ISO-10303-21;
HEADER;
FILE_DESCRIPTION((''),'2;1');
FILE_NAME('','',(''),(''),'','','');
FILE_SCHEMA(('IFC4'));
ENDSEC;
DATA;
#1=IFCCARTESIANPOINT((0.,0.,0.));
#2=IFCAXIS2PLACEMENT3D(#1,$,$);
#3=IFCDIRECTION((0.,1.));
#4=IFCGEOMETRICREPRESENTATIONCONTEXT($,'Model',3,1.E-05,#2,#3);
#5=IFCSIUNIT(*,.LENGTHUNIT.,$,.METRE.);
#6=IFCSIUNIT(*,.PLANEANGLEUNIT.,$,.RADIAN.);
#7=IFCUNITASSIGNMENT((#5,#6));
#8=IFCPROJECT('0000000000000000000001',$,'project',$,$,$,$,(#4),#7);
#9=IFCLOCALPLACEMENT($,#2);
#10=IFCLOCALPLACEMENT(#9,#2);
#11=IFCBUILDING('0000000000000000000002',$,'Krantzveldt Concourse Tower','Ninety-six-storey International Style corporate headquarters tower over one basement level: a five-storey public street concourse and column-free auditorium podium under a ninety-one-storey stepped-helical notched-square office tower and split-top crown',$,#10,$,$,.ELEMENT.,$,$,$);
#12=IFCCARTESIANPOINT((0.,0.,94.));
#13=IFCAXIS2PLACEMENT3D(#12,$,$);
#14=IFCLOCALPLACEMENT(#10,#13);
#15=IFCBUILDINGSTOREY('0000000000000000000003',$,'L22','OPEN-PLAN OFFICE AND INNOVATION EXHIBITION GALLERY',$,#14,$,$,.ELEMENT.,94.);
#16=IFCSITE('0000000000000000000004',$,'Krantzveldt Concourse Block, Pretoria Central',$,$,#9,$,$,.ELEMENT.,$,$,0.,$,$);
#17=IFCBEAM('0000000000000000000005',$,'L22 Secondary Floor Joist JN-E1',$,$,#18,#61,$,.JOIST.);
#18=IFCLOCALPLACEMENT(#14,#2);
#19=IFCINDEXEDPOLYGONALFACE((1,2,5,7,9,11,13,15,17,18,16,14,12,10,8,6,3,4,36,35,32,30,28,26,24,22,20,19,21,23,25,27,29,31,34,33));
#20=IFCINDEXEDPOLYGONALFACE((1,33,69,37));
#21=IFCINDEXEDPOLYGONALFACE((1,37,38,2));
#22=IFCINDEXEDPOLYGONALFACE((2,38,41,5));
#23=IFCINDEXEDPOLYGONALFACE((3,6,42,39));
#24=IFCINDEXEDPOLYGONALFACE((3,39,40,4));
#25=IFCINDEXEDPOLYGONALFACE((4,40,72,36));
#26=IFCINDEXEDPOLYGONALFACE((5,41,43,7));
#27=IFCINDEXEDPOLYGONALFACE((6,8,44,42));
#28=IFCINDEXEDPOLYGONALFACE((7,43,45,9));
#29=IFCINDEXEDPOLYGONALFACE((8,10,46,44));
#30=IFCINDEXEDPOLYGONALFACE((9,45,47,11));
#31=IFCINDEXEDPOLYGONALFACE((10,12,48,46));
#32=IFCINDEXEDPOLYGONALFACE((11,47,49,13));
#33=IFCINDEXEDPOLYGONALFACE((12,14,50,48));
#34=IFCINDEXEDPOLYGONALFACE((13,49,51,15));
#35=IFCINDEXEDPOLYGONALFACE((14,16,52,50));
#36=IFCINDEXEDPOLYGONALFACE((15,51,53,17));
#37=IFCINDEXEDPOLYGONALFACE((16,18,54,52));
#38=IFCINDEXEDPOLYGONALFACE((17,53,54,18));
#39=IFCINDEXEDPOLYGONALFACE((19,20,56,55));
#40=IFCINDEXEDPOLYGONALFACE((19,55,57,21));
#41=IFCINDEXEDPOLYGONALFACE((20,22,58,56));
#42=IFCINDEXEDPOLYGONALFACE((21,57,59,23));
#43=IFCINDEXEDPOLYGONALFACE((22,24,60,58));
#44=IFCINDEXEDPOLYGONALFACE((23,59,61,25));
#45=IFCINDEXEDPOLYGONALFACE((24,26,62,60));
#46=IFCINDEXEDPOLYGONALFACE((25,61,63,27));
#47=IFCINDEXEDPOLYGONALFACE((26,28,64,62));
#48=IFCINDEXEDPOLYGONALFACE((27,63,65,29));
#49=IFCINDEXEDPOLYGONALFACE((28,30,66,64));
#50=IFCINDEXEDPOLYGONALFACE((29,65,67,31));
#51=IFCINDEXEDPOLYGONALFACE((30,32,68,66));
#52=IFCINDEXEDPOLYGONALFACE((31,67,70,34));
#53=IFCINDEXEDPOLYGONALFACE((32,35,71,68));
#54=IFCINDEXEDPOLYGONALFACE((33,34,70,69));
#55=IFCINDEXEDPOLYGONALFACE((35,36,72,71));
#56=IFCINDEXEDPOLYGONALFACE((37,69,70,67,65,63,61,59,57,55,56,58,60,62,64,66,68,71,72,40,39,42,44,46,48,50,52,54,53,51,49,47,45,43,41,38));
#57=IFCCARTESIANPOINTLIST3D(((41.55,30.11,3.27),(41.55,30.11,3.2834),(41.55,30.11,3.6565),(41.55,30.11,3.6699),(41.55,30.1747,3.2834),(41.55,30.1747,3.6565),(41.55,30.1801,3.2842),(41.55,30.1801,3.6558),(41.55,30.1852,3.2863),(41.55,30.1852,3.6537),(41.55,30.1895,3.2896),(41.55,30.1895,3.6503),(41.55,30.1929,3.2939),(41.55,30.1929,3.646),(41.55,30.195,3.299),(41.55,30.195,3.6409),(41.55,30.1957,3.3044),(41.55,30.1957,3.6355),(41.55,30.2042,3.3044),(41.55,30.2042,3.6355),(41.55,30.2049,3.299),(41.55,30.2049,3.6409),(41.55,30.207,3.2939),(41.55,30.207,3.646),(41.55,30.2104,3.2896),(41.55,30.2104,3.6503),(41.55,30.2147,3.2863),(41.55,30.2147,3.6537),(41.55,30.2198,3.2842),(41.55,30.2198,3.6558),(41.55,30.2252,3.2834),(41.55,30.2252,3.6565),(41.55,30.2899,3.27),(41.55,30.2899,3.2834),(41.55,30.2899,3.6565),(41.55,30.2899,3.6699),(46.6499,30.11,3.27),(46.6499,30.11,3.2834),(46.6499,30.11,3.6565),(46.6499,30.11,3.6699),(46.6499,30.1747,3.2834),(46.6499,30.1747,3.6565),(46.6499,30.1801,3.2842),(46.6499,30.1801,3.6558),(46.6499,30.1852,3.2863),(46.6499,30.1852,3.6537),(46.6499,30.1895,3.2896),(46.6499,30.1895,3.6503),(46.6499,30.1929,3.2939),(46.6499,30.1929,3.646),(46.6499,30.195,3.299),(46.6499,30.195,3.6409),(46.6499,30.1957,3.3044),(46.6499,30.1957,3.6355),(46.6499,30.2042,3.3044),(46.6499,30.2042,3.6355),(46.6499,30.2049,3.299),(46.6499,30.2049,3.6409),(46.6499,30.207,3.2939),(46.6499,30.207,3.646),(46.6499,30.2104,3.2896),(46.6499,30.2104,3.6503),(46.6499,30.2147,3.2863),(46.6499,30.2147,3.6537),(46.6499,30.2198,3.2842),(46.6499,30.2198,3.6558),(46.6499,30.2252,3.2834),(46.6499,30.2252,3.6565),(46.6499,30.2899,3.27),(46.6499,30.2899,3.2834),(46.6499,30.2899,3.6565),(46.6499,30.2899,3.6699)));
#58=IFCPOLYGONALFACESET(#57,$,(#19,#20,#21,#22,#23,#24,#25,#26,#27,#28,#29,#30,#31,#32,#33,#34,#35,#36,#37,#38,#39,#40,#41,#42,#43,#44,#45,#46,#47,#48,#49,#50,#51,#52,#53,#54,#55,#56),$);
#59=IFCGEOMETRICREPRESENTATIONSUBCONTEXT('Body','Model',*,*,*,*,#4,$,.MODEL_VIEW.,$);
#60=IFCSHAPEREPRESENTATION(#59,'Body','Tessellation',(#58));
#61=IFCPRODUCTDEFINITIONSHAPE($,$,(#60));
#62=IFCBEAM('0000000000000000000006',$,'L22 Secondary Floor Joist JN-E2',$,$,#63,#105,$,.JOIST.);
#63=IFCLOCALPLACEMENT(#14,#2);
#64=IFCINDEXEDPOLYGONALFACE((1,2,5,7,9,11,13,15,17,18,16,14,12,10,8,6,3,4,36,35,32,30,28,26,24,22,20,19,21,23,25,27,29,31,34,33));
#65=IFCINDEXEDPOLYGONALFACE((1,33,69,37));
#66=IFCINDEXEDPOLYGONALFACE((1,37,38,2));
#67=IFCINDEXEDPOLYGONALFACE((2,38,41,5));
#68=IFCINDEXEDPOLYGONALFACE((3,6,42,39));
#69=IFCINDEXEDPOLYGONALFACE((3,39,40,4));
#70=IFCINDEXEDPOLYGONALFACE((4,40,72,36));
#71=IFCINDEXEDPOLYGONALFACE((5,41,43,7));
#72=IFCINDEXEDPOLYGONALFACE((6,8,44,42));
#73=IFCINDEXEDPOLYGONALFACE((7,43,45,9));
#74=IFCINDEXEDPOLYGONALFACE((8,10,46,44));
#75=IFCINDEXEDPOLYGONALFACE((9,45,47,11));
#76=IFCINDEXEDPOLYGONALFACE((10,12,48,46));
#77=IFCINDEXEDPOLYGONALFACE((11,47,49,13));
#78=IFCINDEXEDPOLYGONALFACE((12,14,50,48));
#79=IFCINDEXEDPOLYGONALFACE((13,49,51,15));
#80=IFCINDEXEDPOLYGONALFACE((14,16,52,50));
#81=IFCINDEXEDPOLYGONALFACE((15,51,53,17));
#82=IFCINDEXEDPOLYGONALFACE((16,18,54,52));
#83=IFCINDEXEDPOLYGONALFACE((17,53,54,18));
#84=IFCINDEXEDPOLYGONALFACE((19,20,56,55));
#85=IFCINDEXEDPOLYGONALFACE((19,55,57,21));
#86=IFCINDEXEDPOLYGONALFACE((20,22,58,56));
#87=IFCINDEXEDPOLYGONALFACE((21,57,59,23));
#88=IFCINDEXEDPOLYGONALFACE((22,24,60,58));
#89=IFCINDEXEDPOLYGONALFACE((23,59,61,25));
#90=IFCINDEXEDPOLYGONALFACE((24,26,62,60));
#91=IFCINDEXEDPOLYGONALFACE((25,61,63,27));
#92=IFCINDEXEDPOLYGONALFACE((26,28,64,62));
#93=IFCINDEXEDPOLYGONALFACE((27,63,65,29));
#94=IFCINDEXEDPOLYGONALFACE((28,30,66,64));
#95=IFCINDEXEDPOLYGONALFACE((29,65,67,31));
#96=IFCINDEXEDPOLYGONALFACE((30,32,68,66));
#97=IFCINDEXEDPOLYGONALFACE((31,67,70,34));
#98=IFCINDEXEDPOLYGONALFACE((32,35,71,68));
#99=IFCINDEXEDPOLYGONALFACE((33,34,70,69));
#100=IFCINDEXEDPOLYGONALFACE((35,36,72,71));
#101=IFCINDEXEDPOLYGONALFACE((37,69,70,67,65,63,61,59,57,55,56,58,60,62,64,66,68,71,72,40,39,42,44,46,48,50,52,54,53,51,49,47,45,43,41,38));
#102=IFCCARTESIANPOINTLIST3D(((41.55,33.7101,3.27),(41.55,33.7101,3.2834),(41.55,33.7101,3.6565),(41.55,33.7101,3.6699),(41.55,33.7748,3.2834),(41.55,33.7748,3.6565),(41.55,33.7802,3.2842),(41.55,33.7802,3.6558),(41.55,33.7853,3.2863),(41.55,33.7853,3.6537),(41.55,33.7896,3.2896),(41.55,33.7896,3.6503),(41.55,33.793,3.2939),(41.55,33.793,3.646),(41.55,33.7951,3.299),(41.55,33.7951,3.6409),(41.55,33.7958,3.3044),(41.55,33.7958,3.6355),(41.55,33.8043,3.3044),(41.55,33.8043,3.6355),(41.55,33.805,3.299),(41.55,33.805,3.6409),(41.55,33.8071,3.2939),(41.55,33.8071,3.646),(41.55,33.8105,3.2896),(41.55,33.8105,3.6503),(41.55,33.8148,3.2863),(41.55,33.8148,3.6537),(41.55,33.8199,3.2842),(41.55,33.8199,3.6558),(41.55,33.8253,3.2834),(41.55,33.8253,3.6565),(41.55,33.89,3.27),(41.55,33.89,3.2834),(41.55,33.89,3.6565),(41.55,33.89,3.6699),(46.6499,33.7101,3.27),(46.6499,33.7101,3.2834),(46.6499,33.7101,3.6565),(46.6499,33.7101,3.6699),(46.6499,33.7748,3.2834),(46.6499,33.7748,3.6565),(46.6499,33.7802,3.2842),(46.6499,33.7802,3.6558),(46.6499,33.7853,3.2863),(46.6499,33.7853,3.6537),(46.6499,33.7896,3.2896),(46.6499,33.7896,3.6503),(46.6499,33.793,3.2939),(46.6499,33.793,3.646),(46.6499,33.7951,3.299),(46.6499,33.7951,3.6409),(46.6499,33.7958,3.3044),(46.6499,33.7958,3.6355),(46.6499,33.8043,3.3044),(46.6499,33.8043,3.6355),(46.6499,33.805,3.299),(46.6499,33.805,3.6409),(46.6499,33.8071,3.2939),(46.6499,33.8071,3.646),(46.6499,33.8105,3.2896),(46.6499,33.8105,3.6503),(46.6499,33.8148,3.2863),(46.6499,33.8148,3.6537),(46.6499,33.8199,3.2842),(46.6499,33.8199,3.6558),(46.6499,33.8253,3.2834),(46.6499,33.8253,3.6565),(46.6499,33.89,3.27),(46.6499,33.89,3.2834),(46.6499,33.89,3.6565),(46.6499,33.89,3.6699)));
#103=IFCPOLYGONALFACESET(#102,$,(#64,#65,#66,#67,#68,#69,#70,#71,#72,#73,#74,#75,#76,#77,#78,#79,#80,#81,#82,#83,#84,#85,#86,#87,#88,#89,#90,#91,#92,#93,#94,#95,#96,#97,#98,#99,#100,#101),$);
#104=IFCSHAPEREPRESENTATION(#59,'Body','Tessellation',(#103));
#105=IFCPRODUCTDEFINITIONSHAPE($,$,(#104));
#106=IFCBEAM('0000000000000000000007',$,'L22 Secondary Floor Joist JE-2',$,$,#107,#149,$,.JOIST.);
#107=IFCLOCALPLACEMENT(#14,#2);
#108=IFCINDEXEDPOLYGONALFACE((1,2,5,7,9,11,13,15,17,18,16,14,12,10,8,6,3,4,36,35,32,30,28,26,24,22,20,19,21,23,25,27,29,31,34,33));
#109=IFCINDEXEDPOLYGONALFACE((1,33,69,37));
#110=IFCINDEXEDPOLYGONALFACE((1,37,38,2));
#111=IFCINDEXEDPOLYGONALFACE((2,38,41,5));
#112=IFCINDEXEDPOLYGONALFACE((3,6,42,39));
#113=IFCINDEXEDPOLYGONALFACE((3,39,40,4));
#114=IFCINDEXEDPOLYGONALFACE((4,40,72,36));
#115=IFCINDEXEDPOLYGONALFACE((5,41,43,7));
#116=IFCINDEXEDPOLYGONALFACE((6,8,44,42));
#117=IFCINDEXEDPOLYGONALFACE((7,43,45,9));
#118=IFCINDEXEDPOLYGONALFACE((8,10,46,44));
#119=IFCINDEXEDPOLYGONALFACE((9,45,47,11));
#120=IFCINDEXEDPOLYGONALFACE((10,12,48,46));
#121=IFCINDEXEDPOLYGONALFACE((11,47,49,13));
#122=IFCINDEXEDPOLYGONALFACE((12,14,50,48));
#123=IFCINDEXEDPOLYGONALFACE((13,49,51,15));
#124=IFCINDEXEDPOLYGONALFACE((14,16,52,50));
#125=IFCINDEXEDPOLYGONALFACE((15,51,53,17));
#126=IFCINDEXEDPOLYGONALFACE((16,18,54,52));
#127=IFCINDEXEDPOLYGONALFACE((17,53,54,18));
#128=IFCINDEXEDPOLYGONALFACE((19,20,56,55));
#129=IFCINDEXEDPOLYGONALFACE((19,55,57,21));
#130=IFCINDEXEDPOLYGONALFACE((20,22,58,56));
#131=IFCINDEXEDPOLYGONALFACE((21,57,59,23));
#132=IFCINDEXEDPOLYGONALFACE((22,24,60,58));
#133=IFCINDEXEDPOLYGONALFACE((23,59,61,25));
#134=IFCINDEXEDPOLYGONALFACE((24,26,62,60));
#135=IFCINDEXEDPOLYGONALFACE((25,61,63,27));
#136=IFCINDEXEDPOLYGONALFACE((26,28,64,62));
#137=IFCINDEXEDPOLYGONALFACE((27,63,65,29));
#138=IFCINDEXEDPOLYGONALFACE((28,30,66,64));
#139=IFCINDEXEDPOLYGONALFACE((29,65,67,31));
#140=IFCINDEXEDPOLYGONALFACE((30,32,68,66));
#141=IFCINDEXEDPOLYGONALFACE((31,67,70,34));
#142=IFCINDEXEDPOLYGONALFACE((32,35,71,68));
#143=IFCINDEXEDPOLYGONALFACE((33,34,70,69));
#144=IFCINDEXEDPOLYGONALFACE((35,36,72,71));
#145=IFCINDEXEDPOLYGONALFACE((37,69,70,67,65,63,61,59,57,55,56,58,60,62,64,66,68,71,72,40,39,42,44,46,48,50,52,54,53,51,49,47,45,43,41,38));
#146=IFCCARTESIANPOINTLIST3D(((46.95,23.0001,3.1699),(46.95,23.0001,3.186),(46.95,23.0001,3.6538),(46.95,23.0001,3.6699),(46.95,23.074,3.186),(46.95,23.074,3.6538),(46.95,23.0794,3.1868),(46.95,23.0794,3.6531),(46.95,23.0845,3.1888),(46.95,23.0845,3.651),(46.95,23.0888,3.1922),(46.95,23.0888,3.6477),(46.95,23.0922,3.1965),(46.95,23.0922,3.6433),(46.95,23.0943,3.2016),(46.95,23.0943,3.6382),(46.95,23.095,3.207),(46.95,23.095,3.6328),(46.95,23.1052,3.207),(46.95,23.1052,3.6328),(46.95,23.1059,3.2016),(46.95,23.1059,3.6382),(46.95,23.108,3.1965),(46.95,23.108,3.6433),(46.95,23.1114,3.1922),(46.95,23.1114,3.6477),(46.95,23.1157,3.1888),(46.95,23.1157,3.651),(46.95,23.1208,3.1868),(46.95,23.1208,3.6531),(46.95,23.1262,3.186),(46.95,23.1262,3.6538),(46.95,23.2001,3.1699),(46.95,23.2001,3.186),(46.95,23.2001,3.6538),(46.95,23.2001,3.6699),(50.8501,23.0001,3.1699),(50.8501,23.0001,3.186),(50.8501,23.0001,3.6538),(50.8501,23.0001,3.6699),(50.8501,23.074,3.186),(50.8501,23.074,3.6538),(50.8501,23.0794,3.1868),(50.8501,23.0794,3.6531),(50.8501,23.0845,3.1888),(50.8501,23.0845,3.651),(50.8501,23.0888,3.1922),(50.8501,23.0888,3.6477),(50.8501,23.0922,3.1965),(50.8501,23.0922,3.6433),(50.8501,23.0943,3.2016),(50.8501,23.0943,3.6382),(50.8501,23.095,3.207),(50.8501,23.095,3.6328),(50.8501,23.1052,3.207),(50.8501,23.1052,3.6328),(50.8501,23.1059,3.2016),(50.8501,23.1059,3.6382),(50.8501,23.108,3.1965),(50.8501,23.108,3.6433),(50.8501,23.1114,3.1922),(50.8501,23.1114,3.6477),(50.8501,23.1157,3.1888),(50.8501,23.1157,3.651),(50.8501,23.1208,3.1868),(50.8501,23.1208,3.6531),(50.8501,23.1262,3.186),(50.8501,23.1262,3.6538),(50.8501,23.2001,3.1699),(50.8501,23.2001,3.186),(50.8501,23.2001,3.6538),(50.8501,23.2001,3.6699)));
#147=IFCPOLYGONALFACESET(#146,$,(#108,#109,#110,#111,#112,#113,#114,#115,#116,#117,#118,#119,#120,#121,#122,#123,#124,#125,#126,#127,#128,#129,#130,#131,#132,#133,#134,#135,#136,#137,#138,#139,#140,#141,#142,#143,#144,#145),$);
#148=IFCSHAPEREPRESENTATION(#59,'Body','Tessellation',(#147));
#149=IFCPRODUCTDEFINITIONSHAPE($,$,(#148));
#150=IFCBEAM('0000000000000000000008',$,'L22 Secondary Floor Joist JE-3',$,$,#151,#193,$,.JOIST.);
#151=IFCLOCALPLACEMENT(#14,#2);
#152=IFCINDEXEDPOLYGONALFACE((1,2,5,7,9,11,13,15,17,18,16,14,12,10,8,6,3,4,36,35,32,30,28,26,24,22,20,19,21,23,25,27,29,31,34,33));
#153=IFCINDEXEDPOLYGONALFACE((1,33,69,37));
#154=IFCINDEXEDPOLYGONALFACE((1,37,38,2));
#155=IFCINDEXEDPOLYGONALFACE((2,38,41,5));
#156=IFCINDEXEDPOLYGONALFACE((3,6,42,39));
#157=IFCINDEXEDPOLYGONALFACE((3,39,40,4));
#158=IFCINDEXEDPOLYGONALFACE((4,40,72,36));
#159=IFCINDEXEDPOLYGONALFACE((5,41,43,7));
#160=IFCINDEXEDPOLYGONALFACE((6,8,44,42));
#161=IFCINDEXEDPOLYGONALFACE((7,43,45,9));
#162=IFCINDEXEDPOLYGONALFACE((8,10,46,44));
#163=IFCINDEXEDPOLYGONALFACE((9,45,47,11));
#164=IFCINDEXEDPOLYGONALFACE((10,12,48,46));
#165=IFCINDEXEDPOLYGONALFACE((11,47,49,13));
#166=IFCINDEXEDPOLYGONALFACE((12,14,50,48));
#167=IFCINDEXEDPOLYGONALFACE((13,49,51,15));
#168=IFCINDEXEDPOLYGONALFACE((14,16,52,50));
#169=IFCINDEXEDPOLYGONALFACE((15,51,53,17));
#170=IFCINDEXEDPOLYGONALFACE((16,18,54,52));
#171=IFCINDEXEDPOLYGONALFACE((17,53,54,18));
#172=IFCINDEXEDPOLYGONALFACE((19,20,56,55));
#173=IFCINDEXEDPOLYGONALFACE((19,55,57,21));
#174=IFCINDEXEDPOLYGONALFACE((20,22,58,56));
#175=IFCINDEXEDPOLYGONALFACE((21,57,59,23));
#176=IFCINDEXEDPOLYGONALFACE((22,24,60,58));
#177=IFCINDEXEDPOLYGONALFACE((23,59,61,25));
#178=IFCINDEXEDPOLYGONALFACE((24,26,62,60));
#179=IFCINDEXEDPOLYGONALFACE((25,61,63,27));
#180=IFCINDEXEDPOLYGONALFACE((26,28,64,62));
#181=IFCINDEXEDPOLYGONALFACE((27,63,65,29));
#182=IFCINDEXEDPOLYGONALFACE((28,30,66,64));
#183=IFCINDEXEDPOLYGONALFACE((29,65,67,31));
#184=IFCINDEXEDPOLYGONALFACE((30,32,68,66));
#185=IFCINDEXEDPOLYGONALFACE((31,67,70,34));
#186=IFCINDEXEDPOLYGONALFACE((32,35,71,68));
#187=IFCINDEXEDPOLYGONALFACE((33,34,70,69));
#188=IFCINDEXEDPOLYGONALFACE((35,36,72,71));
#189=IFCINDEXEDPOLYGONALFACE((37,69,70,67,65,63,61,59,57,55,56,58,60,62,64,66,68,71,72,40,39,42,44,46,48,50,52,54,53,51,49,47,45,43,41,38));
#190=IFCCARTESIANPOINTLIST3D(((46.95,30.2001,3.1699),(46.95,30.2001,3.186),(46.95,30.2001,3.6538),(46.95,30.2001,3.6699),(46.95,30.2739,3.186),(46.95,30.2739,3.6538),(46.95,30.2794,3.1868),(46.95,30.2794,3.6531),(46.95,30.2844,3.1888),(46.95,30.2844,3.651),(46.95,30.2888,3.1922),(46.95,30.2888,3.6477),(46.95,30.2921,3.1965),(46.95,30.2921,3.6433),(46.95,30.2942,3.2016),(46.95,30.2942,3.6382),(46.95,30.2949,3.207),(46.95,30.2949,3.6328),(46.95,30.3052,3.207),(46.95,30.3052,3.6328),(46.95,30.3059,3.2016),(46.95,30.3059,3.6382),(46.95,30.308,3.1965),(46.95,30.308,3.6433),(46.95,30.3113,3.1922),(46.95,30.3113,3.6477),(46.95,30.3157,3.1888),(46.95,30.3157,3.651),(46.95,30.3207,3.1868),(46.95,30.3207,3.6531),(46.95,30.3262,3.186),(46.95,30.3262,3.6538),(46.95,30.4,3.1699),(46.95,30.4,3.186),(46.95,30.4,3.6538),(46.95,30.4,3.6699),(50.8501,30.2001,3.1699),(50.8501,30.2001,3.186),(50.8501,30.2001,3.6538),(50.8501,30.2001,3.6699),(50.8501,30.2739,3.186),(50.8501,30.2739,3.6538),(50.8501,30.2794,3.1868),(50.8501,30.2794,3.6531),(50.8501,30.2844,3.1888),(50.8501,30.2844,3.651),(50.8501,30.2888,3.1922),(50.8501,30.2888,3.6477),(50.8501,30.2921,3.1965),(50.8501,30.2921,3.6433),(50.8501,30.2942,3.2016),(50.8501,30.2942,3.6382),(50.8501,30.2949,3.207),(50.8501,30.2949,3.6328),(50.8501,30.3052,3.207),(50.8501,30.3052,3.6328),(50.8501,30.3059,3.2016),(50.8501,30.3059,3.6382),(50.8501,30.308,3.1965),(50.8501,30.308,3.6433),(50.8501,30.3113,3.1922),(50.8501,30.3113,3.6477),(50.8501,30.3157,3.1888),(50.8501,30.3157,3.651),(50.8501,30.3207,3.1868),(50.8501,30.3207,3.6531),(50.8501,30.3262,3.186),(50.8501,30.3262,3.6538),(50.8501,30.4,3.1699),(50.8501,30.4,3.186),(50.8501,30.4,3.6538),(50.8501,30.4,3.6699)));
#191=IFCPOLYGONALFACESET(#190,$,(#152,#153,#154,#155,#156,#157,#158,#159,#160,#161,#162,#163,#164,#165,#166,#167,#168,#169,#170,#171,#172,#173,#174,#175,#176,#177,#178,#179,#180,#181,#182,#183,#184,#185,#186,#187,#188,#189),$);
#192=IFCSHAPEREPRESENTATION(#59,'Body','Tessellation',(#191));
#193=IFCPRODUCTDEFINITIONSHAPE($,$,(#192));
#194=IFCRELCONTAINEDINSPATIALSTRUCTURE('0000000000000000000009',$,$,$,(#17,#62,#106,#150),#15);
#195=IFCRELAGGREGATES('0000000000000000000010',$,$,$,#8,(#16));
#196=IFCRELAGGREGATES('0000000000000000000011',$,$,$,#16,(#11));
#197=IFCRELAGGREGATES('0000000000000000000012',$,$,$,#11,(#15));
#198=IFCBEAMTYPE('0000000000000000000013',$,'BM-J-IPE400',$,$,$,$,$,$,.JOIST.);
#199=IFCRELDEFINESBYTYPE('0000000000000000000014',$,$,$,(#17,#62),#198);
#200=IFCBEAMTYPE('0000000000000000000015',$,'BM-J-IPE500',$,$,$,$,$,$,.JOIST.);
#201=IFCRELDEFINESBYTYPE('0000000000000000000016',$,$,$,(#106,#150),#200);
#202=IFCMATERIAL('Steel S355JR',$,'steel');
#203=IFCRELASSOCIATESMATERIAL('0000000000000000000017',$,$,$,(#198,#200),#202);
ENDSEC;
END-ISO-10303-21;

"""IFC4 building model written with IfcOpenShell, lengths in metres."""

from ifc_helpers import new_model, si_unit, direction, frame, origin, origin_2d, place, context, subcontext, project, spatial, i_section, extrude, source, transform, mapped, material, material_profile, profile_set, type_object, type_shapes, element, save


model = new_model("IFC4")

# Units and contexts
model_context = context("Model", 3, precision=1e-05, world=origin(), true_north=direction((0.0, 1.0)))
body_context = subcontext(model_context, "Body", "Model", "MODEL_VIEW")
ifc_project = project(units=[si_unit("LENGTHUNIT", "METRE"), si_unit("PLANEANGLEUNIT", "RADIAN")], contexts=[model_context])

# Site, building, storey
site_placement = place(None, origin())
site = spatial("IfcSite", under=ifc_project, at=site_placement, Name="Krantzveldt Concourse Block, Pretoria Central", CompositionType="ELEMENT", RefElevation=0.0)
building_placement = place(site_placement, origin())
building = spatial("IfcBuilding", under=site, at=building_placement, Name="Krantzveldt Concourse Tower", Description="Ninety-six-storey International Style corporate headquarters tower over one basement level: a five-storey public street concourse and column-free auditorium podium under a ninety-one-storey stepped-helical notched-square office tower and split-top crown", CompositionType="ELEMENT")
storey_placement = place(building_placement, frame((0.0, 0.0, 94.0)))
storey = spatial("IfcBuildingStorey", under=building, at=storey_placement, Name="L22", Description="OPEN-PLAN OFFICE AND INNOVATION EXHIBITION GALLERY", CompositionType="ELEMENT", Elevation=94.0)

# Beams
ifc_material_1 = material(Name="Steel S355JR", Category="steel")
ifc_material_profile_1 = material_profile(ifc_material_1, i_section(OverallWidth=0.1799, OverallDepth=0.3999, WebThickness=0.0085, FlangeThickness=0.0134, FilletRadius=0.021, at=origin_2d()), Name="Steel S355JR", Category="steel")
ifc_profile_set_1 = profile_set([ifc_material_profile_1], Name="Steel S355JR - IPE 400")
beam_type_1 = type_object("IfcBeamType", Name="BM-J-IPE400", PredefinedType="JOIST", material=ifc_profile_set_1)
shared_shape_1 = source(origin(), body_context, "Body", "SweptSolid", [
    extrude(i_section(OverallWidth=0.1799, OverallDepth=0.3999, WebThickness=0.0085, FlangeThickness=0.0134, FilletRadius=0.021, at=origin_2d()), origin(), (0.0, 0.0, 1.0), 5.0999),
])
type_shapes(beam_type_1, [shared_shape_1])
for number, where, z_axis, x_axis, name in (
    (1, (41.55, 30.2, 3.47), (1.0, 0.0, 0.0), (0.0, 1.0, 0.0), "L22 Secondary Floor Joist JN-E1"),
    (2, (41.55, 33.8, 3.47), (1.0, 0.0, 0.0), (0.0, 1.0, 0.0), "L22 Secondary Floor Joist JN-E2"),
):
    element("IfcBeam", number, at=place(storey_placement, frame(where, z_axis=z_axis, x_axis=x_axis)), inside=storey, type_object=beam_type_1, Name=name, PredefinedType="JOIST", context=body_context, shape_type="MappedRepresentation", body=[
        mapped(shared_shape_1, transform((0.0, 0.0, 0.0), x_axis=(1.0, 0.0, 0.0), y_axis=(0.0, 1.0, 0.0), z_axis=(0.0, 0.0, 1.0), scale=1.0)),
    ])
ifc_material_profile_2 = material_profile(ifc_material_1, i_section(OverallWidth=0.2, OverallDepth=0.5, WebThickness=0.0103, FlangeThickness=0.0161, FilletRadius=0.021, at=origin_2d()), Name="Steel S355JR", Category="steel")
ifc_profile_set_2 = profile_set([ifc_material_profile_2], Name="Steel S355JR - IPE 500")
beam_type_2 = type_object("IfcBeamType", Name="BM-J-IPE500", PredefinedType="JOIST", material=ifc_profile_set_2)
shared_shape_2 = source(origin(), body_context, "Body", "SweptSolid", [
    extrude(i_section(OverallWidth=0.2, OverallDepth=0.5, WebThickness=0.0103, FlangeThickness=0.0161, FilletRadius=0.021, at=origin_2d()), origin(), (0.0, 0.0, 1.0), 3.9001),
])
type_shapes(beam_type_2, [shared_shape_2])
for number, where, z_axis, x_axis, name in (
    (3, (46.95, 23.1001, 3.4199), (1.0, 0.0, 0.0), (0.0, 1.0, 0.0), "L22 Secondary Floor Joist JE-2"),
    (4, (46.95, 30.3, 3.4199), (1.0, 0.0, 0.0), (0.0, 1.0, 0.0), "L22 Secondary Floor Joist JE-3"),
):
    element("IfcBeam", number, at=place(storey_placement, frame(where, z_axis=z_axis, x_axis=x_axis)), inside=storey, type_object=beam_type_2, Name=name, PredefinedType="JOIST", context=body_context, shape_type="MappedRepresentation", body=[
        mapped(shared_shape_2, transform((0.0, 0.0, 0.0), x_axis=(1.0, 0.0, 0.0), y_axis=(0.0, 1.0, 0.0), z_axis=(0.0, 0.0, 1.0), scale=1.0)),
    ])

save(model, "model.ifc")
